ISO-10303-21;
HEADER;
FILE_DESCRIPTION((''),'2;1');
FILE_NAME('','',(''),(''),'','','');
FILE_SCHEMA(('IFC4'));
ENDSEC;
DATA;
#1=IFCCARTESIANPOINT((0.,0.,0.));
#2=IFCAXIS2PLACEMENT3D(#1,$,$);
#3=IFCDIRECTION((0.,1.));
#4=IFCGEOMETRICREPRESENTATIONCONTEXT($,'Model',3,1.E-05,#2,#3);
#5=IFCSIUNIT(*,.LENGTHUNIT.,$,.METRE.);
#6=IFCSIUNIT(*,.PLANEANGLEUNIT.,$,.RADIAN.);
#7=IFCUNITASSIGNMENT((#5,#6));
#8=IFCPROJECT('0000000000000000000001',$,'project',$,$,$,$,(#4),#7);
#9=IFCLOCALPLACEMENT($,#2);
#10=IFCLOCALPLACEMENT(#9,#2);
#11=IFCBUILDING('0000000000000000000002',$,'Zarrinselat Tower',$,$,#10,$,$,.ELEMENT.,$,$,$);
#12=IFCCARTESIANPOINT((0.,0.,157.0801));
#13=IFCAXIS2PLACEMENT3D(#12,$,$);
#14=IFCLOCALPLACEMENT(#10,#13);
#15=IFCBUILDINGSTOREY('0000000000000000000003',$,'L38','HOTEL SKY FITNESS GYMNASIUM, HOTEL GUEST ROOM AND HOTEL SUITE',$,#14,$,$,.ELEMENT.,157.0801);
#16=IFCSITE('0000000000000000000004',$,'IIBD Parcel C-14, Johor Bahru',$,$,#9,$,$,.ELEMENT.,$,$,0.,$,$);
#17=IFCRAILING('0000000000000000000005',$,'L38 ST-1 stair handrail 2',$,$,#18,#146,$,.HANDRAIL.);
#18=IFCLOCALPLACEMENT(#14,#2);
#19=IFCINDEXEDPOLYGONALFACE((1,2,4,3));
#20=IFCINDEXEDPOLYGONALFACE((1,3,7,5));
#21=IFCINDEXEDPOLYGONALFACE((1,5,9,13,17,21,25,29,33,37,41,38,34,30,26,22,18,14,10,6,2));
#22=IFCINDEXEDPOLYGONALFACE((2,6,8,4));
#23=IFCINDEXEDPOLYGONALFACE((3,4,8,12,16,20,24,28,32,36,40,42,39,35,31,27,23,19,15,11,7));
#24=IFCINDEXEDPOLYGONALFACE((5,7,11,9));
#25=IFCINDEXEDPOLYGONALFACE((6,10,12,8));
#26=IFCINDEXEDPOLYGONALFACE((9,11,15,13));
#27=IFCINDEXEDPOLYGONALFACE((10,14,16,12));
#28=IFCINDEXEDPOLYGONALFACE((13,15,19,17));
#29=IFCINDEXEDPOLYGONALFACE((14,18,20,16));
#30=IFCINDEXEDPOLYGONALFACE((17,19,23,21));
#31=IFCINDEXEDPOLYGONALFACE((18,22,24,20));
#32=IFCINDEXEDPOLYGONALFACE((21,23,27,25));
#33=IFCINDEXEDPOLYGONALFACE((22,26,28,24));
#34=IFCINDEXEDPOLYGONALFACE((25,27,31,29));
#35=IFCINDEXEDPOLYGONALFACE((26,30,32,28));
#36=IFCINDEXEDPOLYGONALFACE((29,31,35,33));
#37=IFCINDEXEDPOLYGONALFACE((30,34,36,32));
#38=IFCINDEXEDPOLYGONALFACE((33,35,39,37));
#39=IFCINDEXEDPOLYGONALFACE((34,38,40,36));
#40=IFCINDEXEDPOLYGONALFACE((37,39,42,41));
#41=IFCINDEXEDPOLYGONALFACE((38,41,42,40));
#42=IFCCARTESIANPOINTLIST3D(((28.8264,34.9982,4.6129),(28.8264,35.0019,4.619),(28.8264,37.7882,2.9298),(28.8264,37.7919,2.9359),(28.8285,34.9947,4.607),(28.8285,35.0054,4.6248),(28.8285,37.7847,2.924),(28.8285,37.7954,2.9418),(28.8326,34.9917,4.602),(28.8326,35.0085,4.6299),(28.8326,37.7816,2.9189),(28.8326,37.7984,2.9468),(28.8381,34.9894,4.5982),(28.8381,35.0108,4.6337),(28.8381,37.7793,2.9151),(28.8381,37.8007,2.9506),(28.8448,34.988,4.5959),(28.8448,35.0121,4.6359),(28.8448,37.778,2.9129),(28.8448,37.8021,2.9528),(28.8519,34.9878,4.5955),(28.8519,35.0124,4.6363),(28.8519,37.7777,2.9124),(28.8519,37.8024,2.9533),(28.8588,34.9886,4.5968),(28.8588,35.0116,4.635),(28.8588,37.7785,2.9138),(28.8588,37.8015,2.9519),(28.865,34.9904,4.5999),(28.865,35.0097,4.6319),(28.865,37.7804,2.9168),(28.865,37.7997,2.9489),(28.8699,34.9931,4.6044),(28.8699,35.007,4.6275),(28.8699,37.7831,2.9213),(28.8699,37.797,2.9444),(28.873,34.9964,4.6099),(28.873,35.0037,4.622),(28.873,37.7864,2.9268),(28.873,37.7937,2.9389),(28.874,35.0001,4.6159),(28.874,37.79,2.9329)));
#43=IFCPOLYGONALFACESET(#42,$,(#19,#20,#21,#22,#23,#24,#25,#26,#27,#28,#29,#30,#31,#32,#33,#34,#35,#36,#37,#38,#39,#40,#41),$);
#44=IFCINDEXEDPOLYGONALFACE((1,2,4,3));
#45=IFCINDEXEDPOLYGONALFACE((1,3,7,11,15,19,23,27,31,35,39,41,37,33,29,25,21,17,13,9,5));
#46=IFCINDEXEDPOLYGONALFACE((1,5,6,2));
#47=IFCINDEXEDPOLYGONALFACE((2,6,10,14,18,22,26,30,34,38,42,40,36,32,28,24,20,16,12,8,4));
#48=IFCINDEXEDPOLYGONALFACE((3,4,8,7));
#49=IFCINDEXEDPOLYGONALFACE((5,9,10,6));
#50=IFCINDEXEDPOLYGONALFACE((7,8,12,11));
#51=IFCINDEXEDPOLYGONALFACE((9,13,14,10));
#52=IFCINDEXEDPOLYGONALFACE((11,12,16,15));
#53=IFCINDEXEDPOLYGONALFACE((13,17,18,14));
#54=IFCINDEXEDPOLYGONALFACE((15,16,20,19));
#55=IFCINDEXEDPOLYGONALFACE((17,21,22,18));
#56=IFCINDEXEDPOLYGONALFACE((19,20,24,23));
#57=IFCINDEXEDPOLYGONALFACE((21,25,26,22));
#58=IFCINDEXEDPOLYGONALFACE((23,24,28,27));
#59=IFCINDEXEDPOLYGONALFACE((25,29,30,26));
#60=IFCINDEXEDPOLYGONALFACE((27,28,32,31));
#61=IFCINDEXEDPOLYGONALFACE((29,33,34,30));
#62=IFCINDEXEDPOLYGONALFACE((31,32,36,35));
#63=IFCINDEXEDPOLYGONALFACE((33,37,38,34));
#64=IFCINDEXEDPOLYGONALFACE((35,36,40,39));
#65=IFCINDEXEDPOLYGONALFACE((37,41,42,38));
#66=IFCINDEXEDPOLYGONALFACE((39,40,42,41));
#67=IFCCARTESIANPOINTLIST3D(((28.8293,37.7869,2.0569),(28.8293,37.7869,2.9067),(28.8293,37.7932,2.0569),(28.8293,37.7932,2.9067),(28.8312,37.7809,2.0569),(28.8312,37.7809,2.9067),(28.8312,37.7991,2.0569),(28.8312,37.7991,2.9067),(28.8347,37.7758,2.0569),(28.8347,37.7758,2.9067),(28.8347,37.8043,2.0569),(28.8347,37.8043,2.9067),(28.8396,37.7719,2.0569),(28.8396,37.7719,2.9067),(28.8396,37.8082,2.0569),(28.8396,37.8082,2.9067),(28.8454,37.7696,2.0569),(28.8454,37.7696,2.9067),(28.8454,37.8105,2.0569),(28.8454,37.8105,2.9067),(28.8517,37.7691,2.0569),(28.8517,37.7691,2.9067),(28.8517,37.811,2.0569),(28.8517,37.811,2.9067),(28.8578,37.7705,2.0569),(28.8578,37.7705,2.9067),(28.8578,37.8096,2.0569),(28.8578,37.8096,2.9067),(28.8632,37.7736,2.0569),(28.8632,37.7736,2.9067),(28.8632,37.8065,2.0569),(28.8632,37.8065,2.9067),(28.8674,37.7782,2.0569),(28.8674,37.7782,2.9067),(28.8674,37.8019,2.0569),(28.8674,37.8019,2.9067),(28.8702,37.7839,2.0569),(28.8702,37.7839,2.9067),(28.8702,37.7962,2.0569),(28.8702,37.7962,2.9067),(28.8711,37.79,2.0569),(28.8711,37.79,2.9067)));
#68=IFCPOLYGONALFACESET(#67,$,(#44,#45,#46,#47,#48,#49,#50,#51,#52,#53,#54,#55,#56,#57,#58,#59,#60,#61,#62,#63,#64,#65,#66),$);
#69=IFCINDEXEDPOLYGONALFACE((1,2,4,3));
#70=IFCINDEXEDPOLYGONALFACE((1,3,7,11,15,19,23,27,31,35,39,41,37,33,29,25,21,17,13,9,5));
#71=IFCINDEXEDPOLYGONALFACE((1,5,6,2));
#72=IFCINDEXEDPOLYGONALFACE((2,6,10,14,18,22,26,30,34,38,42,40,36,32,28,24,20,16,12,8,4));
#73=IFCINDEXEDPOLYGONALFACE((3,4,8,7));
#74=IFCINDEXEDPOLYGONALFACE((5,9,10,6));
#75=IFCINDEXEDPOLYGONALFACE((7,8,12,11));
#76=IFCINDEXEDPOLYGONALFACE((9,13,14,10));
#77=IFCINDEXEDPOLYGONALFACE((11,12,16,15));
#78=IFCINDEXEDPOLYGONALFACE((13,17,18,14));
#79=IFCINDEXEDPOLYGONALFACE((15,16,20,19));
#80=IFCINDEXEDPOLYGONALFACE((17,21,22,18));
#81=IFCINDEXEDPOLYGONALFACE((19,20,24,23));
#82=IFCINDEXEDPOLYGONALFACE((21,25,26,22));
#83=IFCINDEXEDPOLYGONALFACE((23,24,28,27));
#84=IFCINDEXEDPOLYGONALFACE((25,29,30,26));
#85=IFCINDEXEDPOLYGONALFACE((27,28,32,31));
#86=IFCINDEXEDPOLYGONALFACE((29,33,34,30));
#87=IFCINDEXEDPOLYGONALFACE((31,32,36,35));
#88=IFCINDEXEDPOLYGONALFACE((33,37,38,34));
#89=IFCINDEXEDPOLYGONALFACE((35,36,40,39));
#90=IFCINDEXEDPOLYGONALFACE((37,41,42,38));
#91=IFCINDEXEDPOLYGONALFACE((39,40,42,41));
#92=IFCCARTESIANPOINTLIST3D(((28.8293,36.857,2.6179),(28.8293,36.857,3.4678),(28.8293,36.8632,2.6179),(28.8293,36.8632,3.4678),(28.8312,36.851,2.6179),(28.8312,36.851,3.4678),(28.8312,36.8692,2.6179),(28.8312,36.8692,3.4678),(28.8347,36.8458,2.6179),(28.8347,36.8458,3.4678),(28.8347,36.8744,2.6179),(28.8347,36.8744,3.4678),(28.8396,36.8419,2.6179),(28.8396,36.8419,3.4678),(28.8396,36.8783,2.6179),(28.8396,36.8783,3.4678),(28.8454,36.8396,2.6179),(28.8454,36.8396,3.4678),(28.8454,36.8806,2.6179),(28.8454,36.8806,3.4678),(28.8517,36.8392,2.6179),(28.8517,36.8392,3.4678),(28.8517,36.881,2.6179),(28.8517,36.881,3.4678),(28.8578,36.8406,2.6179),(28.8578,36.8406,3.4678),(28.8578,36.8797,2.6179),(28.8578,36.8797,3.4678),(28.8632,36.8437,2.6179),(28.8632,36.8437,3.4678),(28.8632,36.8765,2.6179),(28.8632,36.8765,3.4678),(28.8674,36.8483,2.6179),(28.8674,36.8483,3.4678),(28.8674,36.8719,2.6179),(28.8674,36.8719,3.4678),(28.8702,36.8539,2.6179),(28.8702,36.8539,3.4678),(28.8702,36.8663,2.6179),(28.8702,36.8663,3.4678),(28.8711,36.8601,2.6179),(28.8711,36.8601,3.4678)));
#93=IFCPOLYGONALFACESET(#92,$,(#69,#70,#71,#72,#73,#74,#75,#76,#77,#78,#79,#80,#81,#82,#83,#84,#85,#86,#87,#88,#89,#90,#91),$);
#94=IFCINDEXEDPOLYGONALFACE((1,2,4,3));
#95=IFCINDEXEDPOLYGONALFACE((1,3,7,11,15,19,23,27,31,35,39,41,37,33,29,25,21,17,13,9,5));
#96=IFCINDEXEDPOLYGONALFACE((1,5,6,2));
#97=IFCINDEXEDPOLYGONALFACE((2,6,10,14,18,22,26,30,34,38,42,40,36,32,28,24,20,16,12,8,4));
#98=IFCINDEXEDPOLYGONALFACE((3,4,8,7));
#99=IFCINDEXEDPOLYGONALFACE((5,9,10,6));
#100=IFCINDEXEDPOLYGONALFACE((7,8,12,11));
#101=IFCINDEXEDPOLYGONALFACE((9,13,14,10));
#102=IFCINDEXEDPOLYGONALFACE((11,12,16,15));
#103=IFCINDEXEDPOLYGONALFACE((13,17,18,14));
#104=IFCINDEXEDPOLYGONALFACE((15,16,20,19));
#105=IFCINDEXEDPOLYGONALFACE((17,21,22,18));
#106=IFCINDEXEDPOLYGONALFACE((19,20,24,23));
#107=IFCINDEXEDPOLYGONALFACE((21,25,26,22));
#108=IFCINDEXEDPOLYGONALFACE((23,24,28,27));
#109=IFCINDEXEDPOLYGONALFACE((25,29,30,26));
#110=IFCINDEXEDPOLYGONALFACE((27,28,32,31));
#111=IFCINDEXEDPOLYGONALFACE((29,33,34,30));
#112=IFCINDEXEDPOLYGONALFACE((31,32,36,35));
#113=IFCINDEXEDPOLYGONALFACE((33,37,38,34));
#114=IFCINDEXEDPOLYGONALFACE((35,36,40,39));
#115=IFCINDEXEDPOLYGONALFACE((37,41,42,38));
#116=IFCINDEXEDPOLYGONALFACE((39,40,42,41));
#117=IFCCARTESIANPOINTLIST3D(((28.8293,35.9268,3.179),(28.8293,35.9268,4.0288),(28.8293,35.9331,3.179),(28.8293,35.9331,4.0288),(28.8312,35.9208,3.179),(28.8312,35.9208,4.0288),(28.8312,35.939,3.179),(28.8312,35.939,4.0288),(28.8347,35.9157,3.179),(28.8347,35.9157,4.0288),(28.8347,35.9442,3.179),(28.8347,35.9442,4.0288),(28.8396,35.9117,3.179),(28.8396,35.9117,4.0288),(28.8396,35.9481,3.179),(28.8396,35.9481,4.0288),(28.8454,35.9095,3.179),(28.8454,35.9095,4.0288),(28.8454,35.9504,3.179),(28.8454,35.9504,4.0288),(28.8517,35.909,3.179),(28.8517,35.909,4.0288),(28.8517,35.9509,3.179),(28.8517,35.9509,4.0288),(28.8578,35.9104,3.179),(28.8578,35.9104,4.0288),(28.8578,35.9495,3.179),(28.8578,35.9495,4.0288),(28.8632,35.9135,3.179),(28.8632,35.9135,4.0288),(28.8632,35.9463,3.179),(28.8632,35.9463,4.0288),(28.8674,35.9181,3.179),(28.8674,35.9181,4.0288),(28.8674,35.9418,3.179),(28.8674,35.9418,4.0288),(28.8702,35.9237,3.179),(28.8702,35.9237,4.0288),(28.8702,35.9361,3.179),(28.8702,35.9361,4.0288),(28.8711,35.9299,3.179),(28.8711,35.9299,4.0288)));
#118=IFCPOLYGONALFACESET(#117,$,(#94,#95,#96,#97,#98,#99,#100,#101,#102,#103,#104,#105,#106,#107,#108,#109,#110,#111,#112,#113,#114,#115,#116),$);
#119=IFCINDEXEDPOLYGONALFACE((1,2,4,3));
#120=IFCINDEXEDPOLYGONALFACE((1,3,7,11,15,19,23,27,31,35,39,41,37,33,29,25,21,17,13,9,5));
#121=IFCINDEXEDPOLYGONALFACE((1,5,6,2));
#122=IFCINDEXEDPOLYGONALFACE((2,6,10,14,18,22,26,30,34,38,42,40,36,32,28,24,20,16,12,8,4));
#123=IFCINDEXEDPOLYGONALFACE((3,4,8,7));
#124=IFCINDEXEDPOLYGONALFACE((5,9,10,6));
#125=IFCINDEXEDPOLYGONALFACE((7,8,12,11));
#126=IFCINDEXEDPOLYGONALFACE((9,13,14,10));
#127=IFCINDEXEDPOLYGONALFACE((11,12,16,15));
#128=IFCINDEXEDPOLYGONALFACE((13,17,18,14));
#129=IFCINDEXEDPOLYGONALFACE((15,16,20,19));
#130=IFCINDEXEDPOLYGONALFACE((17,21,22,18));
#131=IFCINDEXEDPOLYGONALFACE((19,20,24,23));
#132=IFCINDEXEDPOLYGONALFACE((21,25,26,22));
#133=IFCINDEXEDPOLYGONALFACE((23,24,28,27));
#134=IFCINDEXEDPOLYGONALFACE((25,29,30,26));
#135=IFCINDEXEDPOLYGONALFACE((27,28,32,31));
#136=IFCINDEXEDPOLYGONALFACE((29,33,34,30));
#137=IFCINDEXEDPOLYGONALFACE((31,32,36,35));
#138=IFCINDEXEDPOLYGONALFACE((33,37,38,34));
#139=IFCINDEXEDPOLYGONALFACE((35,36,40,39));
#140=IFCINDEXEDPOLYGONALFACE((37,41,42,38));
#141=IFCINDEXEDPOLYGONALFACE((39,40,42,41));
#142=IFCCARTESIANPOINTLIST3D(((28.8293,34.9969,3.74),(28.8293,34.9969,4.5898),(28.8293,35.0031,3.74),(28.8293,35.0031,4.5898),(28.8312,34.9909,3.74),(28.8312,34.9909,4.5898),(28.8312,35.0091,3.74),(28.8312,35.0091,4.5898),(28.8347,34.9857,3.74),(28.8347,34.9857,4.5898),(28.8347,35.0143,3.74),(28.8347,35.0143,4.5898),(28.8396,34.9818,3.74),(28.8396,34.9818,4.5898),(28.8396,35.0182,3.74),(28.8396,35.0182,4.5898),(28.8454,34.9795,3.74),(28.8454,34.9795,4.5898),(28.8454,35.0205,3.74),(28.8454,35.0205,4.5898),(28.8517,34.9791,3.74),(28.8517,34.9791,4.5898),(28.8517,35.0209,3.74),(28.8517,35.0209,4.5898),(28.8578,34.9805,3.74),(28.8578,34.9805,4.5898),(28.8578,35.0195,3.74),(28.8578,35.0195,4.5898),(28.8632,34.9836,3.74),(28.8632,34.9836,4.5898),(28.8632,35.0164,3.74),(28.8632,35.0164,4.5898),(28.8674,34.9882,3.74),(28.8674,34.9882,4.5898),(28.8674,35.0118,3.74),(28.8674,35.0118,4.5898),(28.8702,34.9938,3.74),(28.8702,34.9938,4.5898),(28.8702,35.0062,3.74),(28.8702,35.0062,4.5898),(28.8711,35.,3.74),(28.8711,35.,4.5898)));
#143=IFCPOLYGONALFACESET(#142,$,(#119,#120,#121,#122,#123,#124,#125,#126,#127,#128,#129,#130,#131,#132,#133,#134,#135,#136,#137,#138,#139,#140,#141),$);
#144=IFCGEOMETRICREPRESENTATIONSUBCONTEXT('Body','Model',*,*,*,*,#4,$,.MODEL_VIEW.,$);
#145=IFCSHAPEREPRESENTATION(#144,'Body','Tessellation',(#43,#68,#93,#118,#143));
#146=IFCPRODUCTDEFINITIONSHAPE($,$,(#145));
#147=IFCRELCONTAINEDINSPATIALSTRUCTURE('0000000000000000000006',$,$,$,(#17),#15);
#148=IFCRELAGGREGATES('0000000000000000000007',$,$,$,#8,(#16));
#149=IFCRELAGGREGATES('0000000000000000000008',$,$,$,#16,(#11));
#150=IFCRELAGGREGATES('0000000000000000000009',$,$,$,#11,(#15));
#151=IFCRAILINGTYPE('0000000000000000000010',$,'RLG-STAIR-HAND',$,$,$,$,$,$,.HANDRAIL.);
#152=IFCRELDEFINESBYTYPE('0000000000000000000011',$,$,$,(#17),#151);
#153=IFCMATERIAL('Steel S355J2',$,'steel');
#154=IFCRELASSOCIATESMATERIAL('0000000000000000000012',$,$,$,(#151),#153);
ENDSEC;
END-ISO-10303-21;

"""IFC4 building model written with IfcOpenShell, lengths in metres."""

from ifc_helpers import new_model, si_unit, direction, frame, origin, origin_2d, place, context, subcontext, project, spatial, circle, extrude, material, type_object, element, save


model = new_model("IFC4")

# Units and contexts
model_context = context("Model", 3, precision=1e-05, world=origin(), true_north=direction((0.0, 1.0)))
body_context = subcontext(model_context, "Body", "Model", "MODEL_VIEW")
ifc_project = project(units=[si_unit("LENGTHUNIT", "METRE"), si_unit("PLANEANGLEUNIT", "RADIAN")], contexts=[model_context])

# Site, building, storey
site_placement = place(None, origin())
site = spatial("IfcSite", under=ifc_project, at=site_placement, Name="IIBD Parcel C-14, Johor Bahru", CompositionType="ELEMENT", RefElevation=0.0)
building_placement = place(site_placement, origin())
building = spatial("IfcBuilding", under=site, at=building_placement, Name="Zarrinselat Tower", CompositionType="ELEMENT")
storey_placement = place(building_placement, frame((0.0, 0.0, 157.0801)))
storey = spatial("IfcBuildingStorey", under=building, at=storey_placement, Name="L38", Description="HOTEL SKY FITNESS GYMNASIUM, HOTEL GUEST ROOM AND HOTEL SUITE", CompositionType="ELEMENT", Elevation=157.0801)

# Railing
ifc_material_1 = material(Name="Steel S355J2", Category="steel")
railing_type_1 = type_object("IfcRailingType", Name="RLG-STAIR-HAND", PredefinedType="HANDRAIL", material=ifc_material_1)
railing_1_placement = place(storey_placement, frame((28.8501, 37.79, 2.0569)))
element("IfcRailing", 1, at=railing_1_placement, inside=storey, type_object=railing_type_1, Name="L38 ST-1 stair handrail 2", PredefinedType="HANDRAIL", context=body_context, shape_type="SweptSolid", body=[
    extrude(circle(Radius=0.0239, at=origin_2d()), frame((0.0, 0.0, 0.876), z_axis=(0.0, -0.856261, 0.516544), x_axis=(1.0, 0.0, 0.0)), (0.0, 0.0, 1.0), 3.2583),
    extrude(circle(Radius=0.021, at=origin_2d()), origin(), (0.0, 0.0, 1.0), 0.8499),
    extrude(circle(Radius=0.021, at=origin_2d()), frame((0.0, -0.9299, 0.561)), (0.0, 0.0, 1.0), 0.8499),
    extrude(circle(Radius=0.021, at=origin_2d()), frame((0.0, -1.8601, 1.1221)), (0.0, 0.0, 1.0), 0.8499),
    extrude(circle(Radius=0.021, at=origin_2d()), frame((0.0, -2.79, 1.6831)), (0.0, 0.0, 1.0), 0.8499),
])

save(model, "model.ifc")
